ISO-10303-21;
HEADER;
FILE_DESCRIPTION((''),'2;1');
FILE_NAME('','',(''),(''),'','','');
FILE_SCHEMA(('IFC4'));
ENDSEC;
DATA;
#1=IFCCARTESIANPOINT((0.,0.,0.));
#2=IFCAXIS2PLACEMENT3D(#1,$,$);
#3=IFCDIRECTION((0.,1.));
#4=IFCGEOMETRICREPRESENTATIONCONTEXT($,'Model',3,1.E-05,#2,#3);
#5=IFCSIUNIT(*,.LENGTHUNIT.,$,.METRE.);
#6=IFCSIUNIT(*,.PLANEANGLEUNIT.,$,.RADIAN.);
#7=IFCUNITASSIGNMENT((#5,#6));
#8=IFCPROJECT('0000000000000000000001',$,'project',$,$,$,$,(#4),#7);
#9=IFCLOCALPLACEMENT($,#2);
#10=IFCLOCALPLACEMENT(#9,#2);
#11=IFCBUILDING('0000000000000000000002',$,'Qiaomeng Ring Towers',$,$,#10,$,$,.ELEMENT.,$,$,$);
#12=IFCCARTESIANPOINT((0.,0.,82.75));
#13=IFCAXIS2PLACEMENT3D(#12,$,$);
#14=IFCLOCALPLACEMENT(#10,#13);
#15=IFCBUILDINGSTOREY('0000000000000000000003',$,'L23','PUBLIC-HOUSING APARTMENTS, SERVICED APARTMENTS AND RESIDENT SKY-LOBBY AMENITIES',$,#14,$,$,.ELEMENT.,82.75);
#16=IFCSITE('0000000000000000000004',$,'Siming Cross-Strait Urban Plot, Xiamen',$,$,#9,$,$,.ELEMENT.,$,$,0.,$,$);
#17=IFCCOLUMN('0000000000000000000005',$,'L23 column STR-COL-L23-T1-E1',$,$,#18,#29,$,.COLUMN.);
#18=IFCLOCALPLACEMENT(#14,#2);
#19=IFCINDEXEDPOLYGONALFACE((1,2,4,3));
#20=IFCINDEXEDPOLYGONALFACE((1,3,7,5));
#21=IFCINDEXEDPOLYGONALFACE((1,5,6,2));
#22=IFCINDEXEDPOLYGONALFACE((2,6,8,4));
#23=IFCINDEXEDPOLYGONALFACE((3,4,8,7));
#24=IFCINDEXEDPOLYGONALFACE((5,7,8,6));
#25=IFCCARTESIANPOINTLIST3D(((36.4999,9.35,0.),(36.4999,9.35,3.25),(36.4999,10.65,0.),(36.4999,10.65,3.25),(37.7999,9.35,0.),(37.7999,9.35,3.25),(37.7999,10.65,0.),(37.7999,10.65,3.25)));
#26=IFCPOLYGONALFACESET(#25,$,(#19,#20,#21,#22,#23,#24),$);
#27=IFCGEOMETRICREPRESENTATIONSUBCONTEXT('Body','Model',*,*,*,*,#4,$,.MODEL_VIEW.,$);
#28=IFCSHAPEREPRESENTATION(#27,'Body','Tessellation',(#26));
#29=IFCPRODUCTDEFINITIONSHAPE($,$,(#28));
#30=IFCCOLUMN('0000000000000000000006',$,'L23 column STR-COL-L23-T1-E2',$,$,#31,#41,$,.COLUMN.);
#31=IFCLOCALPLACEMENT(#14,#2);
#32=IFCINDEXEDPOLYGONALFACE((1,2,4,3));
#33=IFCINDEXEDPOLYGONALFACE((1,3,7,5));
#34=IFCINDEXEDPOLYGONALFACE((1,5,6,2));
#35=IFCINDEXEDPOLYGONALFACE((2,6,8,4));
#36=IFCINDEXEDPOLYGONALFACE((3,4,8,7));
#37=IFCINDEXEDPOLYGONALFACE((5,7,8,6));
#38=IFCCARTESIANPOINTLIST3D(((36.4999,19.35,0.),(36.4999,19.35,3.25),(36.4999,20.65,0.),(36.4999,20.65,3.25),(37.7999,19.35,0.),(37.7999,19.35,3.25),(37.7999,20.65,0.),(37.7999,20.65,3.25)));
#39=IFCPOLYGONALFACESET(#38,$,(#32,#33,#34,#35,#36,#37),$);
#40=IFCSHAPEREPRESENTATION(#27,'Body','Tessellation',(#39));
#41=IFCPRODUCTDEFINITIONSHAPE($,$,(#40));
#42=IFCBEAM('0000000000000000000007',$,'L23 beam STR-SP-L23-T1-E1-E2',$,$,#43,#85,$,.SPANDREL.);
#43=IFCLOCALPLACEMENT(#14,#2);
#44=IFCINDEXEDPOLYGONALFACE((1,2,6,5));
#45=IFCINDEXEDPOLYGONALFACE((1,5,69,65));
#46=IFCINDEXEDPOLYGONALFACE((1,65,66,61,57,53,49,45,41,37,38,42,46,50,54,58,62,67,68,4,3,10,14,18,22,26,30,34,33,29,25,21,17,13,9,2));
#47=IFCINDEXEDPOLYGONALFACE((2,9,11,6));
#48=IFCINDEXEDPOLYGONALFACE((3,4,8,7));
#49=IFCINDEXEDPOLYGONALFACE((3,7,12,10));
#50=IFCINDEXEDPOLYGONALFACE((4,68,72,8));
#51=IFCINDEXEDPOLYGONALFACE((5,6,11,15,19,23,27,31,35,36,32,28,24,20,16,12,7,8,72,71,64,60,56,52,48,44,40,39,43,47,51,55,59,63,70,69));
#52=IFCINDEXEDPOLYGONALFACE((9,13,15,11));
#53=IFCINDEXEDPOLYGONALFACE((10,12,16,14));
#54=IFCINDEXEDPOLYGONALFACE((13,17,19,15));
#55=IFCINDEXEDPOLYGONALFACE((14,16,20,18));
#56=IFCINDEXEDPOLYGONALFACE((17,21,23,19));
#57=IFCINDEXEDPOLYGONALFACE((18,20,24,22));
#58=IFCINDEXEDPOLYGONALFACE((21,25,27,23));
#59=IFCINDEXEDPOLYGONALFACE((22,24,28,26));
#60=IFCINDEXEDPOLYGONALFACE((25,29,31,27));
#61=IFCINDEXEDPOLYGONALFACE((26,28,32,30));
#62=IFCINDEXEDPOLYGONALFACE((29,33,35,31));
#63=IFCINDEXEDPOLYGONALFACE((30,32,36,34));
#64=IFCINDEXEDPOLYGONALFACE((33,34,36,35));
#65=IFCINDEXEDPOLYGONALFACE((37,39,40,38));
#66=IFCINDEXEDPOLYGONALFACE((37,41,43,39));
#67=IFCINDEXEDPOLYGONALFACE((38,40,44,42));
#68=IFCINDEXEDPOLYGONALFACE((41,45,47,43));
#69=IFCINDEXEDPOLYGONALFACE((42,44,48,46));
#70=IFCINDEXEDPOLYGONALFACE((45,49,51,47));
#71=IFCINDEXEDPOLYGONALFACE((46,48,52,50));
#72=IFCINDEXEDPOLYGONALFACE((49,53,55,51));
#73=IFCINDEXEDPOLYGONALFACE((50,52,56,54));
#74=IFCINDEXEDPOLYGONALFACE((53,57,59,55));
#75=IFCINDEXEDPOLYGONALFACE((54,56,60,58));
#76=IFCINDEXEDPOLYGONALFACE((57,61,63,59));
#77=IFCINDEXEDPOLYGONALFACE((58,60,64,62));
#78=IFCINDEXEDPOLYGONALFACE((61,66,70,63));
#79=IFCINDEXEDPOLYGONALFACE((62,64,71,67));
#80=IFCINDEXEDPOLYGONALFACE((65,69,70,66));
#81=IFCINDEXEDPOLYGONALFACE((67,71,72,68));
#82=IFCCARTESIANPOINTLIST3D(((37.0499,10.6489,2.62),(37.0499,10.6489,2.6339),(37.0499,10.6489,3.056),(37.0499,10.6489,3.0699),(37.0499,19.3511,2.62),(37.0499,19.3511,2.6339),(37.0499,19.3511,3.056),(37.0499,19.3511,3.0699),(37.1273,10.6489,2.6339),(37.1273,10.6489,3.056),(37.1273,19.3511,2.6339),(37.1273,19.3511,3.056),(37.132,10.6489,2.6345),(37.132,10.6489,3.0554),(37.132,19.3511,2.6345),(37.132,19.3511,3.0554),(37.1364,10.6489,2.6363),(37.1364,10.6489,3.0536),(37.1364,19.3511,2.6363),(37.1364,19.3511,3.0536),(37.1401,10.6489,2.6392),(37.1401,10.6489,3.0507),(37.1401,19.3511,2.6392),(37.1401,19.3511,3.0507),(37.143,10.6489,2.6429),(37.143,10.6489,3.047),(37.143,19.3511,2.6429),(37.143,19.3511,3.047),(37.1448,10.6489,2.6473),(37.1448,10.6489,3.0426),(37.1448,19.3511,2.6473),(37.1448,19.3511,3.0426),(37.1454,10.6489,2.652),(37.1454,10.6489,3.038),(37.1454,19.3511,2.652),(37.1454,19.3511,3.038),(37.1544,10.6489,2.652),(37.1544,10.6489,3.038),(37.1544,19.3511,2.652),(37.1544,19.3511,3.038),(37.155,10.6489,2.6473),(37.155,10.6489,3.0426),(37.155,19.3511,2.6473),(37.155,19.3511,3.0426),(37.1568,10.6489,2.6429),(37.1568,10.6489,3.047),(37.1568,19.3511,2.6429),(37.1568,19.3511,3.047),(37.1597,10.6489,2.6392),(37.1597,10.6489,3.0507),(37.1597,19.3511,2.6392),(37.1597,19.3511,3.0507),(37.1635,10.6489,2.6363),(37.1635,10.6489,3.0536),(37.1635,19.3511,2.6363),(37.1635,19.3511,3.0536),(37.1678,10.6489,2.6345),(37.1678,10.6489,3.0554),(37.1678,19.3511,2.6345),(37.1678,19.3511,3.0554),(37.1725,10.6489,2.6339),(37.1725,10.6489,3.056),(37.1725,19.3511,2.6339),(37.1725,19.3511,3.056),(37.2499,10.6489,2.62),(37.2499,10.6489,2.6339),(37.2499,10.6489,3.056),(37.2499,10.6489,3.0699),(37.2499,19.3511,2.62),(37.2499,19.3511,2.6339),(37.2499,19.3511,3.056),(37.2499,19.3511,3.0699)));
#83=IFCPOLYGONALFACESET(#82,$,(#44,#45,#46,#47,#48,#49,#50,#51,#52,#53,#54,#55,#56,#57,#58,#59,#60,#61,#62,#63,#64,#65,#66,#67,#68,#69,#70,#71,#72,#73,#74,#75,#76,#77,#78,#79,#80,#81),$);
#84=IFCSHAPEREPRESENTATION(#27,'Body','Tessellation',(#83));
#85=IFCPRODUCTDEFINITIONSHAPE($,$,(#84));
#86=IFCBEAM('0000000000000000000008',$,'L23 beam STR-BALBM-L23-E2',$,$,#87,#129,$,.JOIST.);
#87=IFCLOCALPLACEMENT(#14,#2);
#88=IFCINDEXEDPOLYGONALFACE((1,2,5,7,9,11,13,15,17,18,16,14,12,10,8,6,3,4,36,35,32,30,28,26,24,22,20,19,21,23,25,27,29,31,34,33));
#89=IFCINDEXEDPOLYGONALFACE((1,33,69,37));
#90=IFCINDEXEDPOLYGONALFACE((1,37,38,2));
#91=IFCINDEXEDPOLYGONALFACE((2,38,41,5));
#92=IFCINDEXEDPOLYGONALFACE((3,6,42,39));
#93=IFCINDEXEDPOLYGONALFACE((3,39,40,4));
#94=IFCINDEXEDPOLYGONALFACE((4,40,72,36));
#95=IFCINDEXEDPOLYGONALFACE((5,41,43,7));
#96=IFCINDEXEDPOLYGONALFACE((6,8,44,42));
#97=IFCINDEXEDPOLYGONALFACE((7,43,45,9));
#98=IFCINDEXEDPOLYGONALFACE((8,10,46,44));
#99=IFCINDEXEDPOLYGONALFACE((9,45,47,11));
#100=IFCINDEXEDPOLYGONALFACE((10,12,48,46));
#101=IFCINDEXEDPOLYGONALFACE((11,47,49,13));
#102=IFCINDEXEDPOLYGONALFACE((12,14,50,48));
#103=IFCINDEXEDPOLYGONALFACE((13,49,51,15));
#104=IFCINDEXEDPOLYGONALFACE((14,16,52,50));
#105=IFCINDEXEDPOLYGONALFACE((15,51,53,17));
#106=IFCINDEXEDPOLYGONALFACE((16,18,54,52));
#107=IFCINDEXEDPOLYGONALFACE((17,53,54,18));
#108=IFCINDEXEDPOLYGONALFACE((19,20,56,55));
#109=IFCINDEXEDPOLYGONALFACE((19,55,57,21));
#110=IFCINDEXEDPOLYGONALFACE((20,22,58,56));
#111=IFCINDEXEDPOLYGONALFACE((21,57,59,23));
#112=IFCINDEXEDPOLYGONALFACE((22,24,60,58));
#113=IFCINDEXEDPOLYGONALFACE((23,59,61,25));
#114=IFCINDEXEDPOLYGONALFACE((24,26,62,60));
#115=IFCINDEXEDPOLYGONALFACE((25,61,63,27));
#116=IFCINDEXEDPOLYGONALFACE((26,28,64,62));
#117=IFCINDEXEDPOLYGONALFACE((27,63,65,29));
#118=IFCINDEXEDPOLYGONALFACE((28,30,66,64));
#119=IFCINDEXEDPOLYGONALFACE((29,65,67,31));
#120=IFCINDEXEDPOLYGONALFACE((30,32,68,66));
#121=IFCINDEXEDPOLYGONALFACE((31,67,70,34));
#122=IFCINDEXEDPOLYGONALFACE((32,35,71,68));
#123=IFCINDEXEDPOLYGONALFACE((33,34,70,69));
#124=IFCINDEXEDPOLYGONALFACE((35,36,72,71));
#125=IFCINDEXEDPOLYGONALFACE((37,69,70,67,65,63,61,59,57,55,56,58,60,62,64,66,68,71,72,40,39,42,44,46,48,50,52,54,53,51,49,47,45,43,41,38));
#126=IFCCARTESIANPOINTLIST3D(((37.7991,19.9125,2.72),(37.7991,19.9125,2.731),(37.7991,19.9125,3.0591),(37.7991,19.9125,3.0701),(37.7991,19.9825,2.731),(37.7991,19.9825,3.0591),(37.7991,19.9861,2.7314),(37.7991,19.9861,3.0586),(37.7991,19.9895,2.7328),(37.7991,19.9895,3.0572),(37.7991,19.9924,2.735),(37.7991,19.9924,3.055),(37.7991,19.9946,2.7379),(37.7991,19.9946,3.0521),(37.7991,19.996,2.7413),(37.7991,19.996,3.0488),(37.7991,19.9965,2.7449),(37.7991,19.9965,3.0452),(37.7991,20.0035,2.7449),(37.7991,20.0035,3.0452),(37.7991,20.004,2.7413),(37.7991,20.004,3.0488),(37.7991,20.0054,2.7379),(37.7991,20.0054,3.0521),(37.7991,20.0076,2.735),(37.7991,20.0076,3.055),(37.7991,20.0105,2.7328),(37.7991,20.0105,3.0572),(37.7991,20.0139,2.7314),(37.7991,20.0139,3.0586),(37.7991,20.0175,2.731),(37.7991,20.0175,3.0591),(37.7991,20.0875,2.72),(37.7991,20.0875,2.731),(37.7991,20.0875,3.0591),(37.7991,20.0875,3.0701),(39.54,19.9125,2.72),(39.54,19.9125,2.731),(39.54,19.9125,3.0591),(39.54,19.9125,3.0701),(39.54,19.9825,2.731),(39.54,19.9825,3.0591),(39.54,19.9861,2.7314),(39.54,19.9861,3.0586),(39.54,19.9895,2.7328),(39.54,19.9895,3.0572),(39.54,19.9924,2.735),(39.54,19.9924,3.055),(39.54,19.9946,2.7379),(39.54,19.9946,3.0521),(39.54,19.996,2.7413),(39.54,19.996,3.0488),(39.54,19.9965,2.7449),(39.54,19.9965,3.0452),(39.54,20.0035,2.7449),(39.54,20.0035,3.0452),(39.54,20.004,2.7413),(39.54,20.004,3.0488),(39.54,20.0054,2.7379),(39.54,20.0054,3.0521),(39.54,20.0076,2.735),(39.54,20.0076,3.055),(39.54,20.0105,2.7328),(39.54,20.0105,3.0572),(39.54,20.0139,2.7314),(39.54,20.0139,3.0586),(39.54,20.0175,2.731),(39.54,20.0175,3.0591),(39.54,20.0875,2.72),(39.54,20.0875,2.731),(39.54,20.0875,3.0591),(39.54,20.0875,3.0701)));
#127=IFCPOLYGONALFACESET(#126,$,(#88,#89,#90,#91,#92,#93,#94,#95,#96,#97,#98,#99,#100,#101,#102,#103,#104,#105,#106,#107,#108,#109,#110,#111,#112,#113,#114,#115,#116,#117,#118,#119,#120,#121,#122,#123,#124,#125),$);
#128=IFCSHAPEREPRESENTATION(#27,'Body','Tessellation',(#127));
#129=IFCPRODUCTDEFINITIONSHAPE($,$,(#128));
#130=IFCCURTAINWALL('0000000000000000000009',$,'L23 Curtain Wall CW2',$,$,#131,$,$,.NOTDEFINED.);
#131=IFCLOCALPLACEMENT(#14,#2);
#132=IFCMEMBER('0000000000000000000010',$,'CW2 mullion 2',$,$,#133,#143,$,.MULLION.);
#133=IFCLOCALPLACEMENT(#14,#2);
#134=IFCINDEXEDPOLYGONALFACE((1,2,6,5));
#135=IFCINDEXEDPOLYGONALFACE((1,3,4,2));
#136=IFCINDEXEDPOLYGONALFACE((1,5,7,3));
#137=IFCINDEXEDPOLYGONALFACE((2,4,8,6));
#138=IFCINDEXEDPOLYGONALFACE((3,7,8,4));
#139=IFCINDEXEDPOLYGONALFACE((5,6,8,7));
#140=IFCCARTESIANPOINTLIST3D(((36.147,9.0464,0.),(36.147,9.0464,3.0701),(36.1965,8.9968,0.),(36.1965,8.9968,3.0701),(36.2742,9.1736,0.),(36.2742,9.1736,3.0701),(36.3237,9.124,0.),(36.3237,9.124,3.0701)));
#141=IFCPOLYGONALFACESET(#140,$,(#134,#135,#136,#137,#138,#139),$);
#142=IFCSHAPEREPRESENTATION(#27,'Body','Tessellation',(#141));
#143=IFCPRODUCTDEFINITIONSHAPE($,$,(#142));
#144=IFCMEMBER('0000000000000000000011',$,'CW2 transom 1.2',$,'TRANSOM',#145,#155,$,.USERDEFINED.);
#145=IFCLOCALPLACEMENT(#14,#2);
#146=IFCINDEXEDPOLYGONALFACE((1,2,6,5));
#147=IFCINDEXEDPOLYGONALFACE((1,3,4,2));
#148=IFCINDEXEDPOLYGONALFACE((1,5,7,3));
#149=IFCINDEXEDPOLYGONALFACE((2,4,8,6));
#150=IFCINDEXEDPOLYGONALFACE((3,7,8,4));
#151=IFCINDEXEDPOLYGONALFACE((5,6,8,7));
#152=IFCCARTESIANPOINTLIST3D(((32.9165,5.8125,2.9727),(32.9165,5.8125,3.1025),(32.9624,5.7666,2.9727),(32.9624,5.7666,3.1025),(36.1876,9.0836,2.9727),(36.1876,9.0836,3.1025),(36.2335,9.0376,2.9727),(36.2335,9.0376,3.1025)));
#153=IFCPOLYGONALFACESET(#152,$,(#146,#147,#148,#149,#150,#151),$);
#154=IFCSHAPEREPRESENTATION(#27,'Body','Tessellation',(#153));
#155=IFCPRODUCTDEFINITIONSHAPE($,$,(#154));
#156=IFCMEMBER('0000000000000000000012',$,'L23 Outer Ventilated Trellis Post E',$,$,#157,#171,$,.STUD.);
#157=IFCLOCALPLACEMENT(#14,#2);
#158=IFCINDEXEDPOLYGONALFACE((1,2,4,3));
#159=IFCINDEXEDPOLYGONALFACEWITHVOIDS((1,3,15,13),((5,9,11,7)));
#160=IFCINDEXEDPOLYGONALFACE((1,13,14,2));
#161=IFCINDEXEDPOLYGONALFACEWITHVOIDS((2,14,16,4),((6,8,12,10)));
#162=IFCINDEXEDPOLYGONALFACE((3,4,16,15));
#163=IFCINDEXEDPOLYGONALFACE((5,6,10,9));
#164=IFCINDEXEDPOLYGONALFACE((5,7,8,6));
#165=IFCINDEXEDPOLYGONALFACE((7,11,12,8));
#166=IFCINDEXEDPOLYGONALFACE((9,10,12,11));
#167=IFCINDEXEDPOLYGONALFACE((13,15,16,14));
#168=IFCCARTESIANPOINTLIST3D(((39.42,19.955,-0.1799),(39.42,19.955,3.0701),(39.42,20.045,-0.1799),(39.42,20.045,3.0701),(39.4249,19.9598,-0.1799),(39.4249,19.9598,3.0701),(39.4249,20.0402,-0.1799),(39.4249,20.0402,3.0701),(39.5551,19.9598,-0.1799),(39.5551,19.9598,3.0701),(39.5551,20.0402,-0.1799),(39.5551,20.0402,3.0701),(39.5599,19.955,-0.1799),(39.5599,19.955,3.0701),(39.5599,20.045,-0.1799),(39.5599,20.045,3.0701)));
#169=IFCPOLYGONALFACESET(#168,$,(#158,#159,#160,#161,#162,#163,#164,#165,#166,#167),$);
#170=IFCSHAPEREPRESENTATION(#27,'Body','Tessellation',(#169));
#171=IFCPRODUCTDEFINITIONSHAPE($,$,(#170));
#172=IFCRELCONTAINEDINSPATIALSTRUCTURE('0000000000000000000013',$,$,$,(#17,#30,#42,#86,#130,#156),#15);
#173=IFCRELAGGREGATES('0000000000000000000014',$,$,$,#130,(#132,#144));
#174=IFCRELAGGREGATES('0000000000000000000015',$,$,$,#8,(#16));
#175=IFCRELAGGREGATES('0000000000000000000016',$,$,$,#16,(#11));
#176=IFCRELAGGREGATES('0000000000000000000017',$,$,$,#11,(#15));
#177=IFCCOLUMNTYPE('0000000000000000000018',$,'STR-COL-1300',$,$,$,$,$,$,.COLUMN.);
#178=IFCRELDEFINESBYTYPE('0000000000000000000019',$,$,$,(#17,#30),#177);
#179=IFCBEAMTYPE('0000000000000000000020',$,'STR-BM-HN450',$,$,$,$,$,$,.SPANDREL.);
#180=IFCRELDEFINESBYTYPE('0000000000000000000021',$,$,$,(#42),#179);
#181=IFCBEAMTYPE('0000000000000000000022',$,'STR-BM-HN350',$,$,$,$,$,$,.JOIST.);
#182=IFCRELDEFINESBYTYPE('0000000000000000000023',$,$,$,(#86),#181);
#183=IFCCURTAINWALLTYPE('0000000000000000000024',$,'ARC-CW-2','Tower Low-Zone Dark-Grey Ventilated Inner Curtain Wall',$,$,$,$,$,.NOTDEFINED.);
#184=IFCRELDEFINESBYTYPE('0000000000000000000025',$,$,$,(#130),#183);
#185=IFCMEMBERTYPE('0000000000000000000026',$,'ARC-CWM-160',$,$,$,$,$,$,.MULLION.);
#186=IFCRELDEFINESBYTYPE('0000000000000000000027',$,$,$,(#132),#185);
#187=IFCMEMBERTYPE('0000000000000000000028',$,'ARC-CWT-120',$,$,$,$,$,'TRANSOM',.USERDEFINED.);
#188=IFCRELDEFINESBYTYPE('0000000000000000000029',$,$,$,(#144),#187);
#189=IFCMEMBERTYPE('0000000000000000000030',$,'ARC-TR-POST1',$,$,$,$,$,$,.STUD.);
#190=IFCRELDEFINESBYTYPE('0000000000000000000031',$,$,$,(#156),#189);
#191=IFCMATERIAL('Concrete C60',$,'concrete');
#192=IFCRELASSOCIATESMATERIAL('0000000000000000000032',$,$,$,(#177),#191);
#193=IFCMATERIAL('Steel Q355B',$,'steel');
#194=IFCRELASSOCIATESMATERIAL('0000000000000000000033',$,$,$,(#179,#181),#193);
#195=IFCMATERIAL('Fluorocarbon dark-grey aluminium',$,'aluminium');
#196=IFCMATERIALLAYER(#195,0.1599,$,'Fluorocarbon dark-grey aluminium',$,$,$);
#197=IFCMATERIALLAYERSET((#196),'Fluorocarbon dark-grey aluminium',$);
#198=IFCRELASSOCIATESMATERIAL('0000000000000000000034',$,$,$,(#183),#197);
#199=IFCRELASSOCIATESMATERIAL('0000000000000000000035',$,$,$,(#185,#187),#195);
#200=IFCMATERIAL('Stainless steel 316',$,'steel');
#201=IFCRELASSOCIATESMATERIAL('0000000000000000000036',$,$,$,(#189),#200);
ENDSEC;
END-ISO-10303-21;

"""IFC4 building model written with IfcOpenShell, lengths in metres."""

from ifc_helpers import new_model, si_unit, direction, frame, origin, origin_2d, place, context, subcontext, project, spatial, rectangle, hollow_rectangle, i_section, extrude, source, transform, mapped, material, layer, layer_set, material_profile, profile_set, type_object, element, aggregate, save


model = new_model("IFC4")

# Units and contexts
model_context = context("Model", 3, precision=1e-05, world=origin(), true_north=direction((0.0, 1.0)))
body_context = subcontext(model_context, "Body", "Model", "MODEL_VIEW")
ifc_project = project(units=[si_unit("LENGTHUNIT", "METRE"), si_unit("PLANEANGLEUNIT", "RADIAN")], contexts=[model_context])

# Site, building, storey
site_placement = place(None, origin())
site = spatial("IfcSite", under=ifc_project, at=site_placement, Name="Siming Cross-Strait Urban Plot, Xiamen", CompositionType="ELEMENT", RefElevation=0.0)
building_placement = place(site_placement, origin())
building = spatial("IfcBuilding", under=site, at=building_placement, Name="Qiaomeng Ring Towers", CompositionType="ELEMENT")
storey_placement = place(building_placement, frame((0.0, 0.0, 82.75)))
storey = spatial("IfcBuildingStorey", under=building, at=storey_placement, Name="L23", Description="PUBLIC-HOUSING APARTMENTS, SERVICED APARTMENTS AND RESIDENT SKY-LOBBY AMENITIES", CompositionType="ELEMENT", Elevation=82.75)

# Columns
ifc_material_1 = material(Name="Concrete C60", Category="concrete")
ifc_material_profile_1 = material_profile(ifc_material_1, rectangle(XDim=1.3, YDim=1.3, at=origin_2d()), Name="RC COL 1300x1300")
ifc_profile_set_1 = profile_set([ifc_material_profile_1], Name="Concrete C60")
column_type = type_object("IfcColumnType", Name="STR-COL-1300", PredefinedType="COLUMN", material=ifc_profile_set_1)
shared_shape_1 = source(origin(), body_context, "Body", "SweptSolid", [
    extrude(rectangle(XDim=1.3, YDim=1.3, at=origin_2d()), origin(), (0.0, 0.0, 1.0), 3.25),
])
for number, where, z_axis, x_axis, name in (
    (1, (37.1499, 10.0, 0.0), (0.0, 0.0, 1.0), (1.0, 0.0, 0.0), "L23 column STR-COL-L23-T1-E1"),
    (2, (37.1499, 20.0, 0.0), (0.0, 0.0, 1.0), (1.0, 0.0, 0.0), "L23 column STR-COL-L23-T1-E2"),
):
    element("IfcColumn", number, at=place(storey_placement, frame(where, z_axis=z_axis, x_axis=x_axis)), inside=storey, type_object=column_type, Name=name, PredefinedType="COLUMN", context=body_context, shape_type="MappedRepresentation", body=[
        mapped(shared_shape_1, transform((0.0, 0.0, 0.0), x_axis=(1.0, 0.0, 0.0), y_axis=(0.0, 1.0, 0.0), z_axis=(0.0, 0.0, 1.0), scale=1.0)),
    ])

# Beams
ifc_material_2 = material(Name="Steel Q355B", Category="steel")
ifc_material_profile_2 = material_profile(ifc_material_2, i_section(OverallWidth=0.2, OverallDepth=0.45, WebThickness=0.009, FlangeThickness=0.0139, FilletRadius=0.0181, at=origin_2d()), Name="HN 450x200x9x14")
ifc_profile_set_2 = profile_set([ifc_material_profile_2], Name="Steel Q355B")
beam_type_1 = type_object("IfcBeamType", Name="STR-BM-HN450", PredefinedType="SPANDREL", material=ifc_profile_set_2)
shared_shape_2 = source(origin(), body_context, "Body", "SweptSolid", [
    extrude(i_section(OverallWidth=0.2, OverallDepth=0.45, WebThickness=0.009, FlangeThickness=0.0139, FilletRadius=0.0181, at=origin_2d()), origin(), (0.0, 0.0, 1.0), 8.7021),
])
beam_1_placement = place(storey_placement, frame((37.1499, 10.6489, 2.845), z_axis=(0.0, 1.0, 0.0), x_axis=(-1.0, 0.0, 0.0)))
element("IfcBeam", 3, at=beam_1_placement, inside=storey, type_object=beam_type_1, Name="L23 beam STR-SP-L23-T1-E1-E2", PredefinedType="SPANDREL", context=body_context, shape_type="MappedRepresentation", body=[
    mapped(shared_shape_2, transform((0.0, 0.0, 0.0), x_axis=(1.0, 0.0, 0.0), y_axis=(0.0, 1.0, 0.0), z_axis=(0.0, 0.0, 1.0), scale=1.0)),
])
ifc_material_profile_3 = material_profile(ifc_material_2, i_section(OverallWidth=0.175, OverallDepth=0.3501, WebThickness=0.0071, FlangeThickness=0.011, FilletRadius=0.0139, at=origin_2d()), Name="HN 350x175x7x11")
ifc_profile_set_3 = profile_set([ifc_material_profile_3], Name="Steel Q355B")
beam_type_2 = type_object("IfcBeamType", Name="STR-BM-HN350", PredefinedType="JOIST", material=ifc_profile_set_3)
shared_shape_3 = source(origin(), body_context, "Body", "SweptSolid", [
    extrude(i_section(OverallWidth=0.175, OverallDepth=0.3501, WebThickness=0.0071, FlangeThickness=0.011, FilletRadius=0.0139, at=origin_2d()), origin(), (0.0, 0.0, 1.0), 1.741),
])
beam_2_placement = place(storey_placement, frame((37.7991, 20.0, 2.895), z_axis=(1.0, 0.0, 0.0), x_axis=(0.0, 1.0, 0.0)))
element("IfcBeam", 4, at=beam_2_placement, inside=storey, type_object=beam_type_2, Name="L23 beam STR-BALBM-L23-E2", PredefinedType="JOIST", context=body_context, shape_type="MappedRepresentation", body=[
    mapped(shared_shape_3, transform((0.0, 0.0, 0.0), x_axis=(1.0, 0.0, 0.0), y_axis=(0.0, 1.0, 0.0), z_axis=(0.0, 0.0, 1.0), scale=1.0)),
])

# Curtain wall, members
ifc_material_3 = material(Name="Fluorocarbon dark-grey aluminium", Category="aluminium")
ifc_layer_1 = layer(ifc_material_3, 0.1599, Name="Fluorocarbon dark-grey aluminium")
ifc_layer_set_1 = layer_set([ifc_layer_1], Name="Fluorocarbon dark-grey aluminium")
curtain_wall_type = type_object("IfcCurtainWallType", Name="ARC-CW-2", Description="Tower Low-Zone Dark-Grey Ventilated Inner Curtain Wall", PredefinedType="NOTDEFINED", material=ifc_layer_set_1)
curtain_wall_placement = place(storey_placement, origin())
curtain_wall = element("IfcCurtainWall", 5, at=curtain_wall_placement, inside=storey, type_object=curtain_wall_type, Name="L23 Curtain Wall CW2", PredefinedType="NOTDEFINED")
ifc_material_profile_4 = material_profile(ifc_material_3, rectangle(XDim=0.0701, YDim=0.1799, at=origin_2d()), Name="ALU MULL 70x180")
ifc_profile_set_4 = profile_set([ifc_material_profile_4], Name="Fluorocarbon dark-grey aluminium")
member_type_1 = type_object("IfcMemberType", Name="ARC-CWM-160", PredefinedType="MULLION", material=ifc_profile_set_4)
shared_shape_4 = source(origin(), body_context, "Body", "SweptSolid", [
    extrude(rectangle(XDim=0.0701, YDim=0.1799, at=origin_2d()), origin(), (0.0, 0.0, 1.0), 3.0701),
])
member_1_placement = place(storey_placement, frame((36.2354, 9.0852, 0.0), z_axis=(0.0, 0.0, 1.0), x_axis=(-0.707107, 0.707107, 0.0)))
member_1 = element("IfcMember", 6, at=member_1_placement, type_object=member_type_1, Name="CW2 mullion 2", PredefinedType="MULLION", context=body_context, shape_type="MappedRepresentation", body=[
    mapped(shared_shape_4, transform((0.0, 0.0, 0.0), x_axis=(1.0, 0.0, 0.0), y_axis=(0.0, 1.0, 0.0), z_axis=(0.0, 0.0, 1.0), scale=1.0)),
])
ifc_material_profile_5 = material_profile(ifc_material_3, rectangle(XDim=0.0649, YDim=0.1299, at=origin_2d()), Name="ALU TRAN 65x130")
ifc_profile_set_5 = profile_set([ifc_material_profile_5], Name="Fluorocarbon dark-grey aluminium")
member_type_2 = type_object("IfcMemberType", Name="ARC-CWT-120", ElementType="TRANSOM", PredefinedType="USERDEFINED", material=ifc_profile_set_5)
shared_shape_5 = source(origin(), body_context, "Body", "SweptSolid", [
    extrude(rectangle(XDim=0.0649, YDim=0.1299, at=origin_2d()), origin(), (0.0, 0.0, 1.0), 4.626),
])
member_2_placement = place(storey_placement, frame((32.9395, 5.7896, 3.0376), z_axis=(0.707107, 0.707107, 0.0), x_axis=(-0.707107, 0.707107, 0.0)))
member_2 = element("IfcMember", 7, at=member_2_placement, type_object=member_type_2, Name="CW2 transom 1.2", ObjectType="TRANSOM", PredefinedType="USERDEFINED", context=body_context, shape_type="MappedRepresentation", body=[
    mapped(shared_shape_5, transform((0.0, 0.0, 0.0), x_axis=(1.0, 0.0, 0.0), y_axis=(0.0, 1.0, 0.0), z_axis=(0.0, 0.0, 1.0), scale=1.0)),
])

# Member
ifc_material_4 = material(Name="Stainless steel 316", Category="steel")
ifc_material_profile_6 = material_profile(ifc_material_4, hollow_rectangle(XDim=0.0901, YDim=0.1399, WallThickness=0.0049, at=origin_2d()), Name="SS TRELLIS 90x140")
ifc_profile_set_6 = profile_set([ifc_material_profile_6], Name="Stainless steel 316")
member_type_3 = type_object("IfcMemberType", Name="ARC-TR-POST1", PredefinedType="STUD", material=ifc_profile_set_6)
shared_shape_6 = source(origin(), body_context, "Body", "SweptSolid", [
    extrude(hollow_rectangle(XDim=0.0901, YDim=0.1399, WallThickness=0.0049, at=origin_2d()), origin(), (0.0, 0.0, 1.0), 3.25),
])
member_3_placement = place(storey_placement, frame((39.49, 20.0, -0.1799), z_axis=(0.0, 0.0, 1.0), x_axis=(0.0, 1.0, 0.0)))
element("IfcMember", 8, at=member_3_placement, inside=storey, type_object=member_type_3, Name="L23 Outer Ventilated Trellis Post E", PredefinedType="STUD", context=body_context, shape_type="MappedRepresentation", body=[
    mapped(shared_shape_6, transform((0.0, 0.0, 0.0), x_axis=(1.0, 0.0, 0.0), y_axis=(0.0, 1.0, 0.0), z_axis=(0.0, 0.0, 1.0), scale=1.0)),
])

aggregate(curtain_wall, [member_1, member_2])

save(model, "model.ifc")
